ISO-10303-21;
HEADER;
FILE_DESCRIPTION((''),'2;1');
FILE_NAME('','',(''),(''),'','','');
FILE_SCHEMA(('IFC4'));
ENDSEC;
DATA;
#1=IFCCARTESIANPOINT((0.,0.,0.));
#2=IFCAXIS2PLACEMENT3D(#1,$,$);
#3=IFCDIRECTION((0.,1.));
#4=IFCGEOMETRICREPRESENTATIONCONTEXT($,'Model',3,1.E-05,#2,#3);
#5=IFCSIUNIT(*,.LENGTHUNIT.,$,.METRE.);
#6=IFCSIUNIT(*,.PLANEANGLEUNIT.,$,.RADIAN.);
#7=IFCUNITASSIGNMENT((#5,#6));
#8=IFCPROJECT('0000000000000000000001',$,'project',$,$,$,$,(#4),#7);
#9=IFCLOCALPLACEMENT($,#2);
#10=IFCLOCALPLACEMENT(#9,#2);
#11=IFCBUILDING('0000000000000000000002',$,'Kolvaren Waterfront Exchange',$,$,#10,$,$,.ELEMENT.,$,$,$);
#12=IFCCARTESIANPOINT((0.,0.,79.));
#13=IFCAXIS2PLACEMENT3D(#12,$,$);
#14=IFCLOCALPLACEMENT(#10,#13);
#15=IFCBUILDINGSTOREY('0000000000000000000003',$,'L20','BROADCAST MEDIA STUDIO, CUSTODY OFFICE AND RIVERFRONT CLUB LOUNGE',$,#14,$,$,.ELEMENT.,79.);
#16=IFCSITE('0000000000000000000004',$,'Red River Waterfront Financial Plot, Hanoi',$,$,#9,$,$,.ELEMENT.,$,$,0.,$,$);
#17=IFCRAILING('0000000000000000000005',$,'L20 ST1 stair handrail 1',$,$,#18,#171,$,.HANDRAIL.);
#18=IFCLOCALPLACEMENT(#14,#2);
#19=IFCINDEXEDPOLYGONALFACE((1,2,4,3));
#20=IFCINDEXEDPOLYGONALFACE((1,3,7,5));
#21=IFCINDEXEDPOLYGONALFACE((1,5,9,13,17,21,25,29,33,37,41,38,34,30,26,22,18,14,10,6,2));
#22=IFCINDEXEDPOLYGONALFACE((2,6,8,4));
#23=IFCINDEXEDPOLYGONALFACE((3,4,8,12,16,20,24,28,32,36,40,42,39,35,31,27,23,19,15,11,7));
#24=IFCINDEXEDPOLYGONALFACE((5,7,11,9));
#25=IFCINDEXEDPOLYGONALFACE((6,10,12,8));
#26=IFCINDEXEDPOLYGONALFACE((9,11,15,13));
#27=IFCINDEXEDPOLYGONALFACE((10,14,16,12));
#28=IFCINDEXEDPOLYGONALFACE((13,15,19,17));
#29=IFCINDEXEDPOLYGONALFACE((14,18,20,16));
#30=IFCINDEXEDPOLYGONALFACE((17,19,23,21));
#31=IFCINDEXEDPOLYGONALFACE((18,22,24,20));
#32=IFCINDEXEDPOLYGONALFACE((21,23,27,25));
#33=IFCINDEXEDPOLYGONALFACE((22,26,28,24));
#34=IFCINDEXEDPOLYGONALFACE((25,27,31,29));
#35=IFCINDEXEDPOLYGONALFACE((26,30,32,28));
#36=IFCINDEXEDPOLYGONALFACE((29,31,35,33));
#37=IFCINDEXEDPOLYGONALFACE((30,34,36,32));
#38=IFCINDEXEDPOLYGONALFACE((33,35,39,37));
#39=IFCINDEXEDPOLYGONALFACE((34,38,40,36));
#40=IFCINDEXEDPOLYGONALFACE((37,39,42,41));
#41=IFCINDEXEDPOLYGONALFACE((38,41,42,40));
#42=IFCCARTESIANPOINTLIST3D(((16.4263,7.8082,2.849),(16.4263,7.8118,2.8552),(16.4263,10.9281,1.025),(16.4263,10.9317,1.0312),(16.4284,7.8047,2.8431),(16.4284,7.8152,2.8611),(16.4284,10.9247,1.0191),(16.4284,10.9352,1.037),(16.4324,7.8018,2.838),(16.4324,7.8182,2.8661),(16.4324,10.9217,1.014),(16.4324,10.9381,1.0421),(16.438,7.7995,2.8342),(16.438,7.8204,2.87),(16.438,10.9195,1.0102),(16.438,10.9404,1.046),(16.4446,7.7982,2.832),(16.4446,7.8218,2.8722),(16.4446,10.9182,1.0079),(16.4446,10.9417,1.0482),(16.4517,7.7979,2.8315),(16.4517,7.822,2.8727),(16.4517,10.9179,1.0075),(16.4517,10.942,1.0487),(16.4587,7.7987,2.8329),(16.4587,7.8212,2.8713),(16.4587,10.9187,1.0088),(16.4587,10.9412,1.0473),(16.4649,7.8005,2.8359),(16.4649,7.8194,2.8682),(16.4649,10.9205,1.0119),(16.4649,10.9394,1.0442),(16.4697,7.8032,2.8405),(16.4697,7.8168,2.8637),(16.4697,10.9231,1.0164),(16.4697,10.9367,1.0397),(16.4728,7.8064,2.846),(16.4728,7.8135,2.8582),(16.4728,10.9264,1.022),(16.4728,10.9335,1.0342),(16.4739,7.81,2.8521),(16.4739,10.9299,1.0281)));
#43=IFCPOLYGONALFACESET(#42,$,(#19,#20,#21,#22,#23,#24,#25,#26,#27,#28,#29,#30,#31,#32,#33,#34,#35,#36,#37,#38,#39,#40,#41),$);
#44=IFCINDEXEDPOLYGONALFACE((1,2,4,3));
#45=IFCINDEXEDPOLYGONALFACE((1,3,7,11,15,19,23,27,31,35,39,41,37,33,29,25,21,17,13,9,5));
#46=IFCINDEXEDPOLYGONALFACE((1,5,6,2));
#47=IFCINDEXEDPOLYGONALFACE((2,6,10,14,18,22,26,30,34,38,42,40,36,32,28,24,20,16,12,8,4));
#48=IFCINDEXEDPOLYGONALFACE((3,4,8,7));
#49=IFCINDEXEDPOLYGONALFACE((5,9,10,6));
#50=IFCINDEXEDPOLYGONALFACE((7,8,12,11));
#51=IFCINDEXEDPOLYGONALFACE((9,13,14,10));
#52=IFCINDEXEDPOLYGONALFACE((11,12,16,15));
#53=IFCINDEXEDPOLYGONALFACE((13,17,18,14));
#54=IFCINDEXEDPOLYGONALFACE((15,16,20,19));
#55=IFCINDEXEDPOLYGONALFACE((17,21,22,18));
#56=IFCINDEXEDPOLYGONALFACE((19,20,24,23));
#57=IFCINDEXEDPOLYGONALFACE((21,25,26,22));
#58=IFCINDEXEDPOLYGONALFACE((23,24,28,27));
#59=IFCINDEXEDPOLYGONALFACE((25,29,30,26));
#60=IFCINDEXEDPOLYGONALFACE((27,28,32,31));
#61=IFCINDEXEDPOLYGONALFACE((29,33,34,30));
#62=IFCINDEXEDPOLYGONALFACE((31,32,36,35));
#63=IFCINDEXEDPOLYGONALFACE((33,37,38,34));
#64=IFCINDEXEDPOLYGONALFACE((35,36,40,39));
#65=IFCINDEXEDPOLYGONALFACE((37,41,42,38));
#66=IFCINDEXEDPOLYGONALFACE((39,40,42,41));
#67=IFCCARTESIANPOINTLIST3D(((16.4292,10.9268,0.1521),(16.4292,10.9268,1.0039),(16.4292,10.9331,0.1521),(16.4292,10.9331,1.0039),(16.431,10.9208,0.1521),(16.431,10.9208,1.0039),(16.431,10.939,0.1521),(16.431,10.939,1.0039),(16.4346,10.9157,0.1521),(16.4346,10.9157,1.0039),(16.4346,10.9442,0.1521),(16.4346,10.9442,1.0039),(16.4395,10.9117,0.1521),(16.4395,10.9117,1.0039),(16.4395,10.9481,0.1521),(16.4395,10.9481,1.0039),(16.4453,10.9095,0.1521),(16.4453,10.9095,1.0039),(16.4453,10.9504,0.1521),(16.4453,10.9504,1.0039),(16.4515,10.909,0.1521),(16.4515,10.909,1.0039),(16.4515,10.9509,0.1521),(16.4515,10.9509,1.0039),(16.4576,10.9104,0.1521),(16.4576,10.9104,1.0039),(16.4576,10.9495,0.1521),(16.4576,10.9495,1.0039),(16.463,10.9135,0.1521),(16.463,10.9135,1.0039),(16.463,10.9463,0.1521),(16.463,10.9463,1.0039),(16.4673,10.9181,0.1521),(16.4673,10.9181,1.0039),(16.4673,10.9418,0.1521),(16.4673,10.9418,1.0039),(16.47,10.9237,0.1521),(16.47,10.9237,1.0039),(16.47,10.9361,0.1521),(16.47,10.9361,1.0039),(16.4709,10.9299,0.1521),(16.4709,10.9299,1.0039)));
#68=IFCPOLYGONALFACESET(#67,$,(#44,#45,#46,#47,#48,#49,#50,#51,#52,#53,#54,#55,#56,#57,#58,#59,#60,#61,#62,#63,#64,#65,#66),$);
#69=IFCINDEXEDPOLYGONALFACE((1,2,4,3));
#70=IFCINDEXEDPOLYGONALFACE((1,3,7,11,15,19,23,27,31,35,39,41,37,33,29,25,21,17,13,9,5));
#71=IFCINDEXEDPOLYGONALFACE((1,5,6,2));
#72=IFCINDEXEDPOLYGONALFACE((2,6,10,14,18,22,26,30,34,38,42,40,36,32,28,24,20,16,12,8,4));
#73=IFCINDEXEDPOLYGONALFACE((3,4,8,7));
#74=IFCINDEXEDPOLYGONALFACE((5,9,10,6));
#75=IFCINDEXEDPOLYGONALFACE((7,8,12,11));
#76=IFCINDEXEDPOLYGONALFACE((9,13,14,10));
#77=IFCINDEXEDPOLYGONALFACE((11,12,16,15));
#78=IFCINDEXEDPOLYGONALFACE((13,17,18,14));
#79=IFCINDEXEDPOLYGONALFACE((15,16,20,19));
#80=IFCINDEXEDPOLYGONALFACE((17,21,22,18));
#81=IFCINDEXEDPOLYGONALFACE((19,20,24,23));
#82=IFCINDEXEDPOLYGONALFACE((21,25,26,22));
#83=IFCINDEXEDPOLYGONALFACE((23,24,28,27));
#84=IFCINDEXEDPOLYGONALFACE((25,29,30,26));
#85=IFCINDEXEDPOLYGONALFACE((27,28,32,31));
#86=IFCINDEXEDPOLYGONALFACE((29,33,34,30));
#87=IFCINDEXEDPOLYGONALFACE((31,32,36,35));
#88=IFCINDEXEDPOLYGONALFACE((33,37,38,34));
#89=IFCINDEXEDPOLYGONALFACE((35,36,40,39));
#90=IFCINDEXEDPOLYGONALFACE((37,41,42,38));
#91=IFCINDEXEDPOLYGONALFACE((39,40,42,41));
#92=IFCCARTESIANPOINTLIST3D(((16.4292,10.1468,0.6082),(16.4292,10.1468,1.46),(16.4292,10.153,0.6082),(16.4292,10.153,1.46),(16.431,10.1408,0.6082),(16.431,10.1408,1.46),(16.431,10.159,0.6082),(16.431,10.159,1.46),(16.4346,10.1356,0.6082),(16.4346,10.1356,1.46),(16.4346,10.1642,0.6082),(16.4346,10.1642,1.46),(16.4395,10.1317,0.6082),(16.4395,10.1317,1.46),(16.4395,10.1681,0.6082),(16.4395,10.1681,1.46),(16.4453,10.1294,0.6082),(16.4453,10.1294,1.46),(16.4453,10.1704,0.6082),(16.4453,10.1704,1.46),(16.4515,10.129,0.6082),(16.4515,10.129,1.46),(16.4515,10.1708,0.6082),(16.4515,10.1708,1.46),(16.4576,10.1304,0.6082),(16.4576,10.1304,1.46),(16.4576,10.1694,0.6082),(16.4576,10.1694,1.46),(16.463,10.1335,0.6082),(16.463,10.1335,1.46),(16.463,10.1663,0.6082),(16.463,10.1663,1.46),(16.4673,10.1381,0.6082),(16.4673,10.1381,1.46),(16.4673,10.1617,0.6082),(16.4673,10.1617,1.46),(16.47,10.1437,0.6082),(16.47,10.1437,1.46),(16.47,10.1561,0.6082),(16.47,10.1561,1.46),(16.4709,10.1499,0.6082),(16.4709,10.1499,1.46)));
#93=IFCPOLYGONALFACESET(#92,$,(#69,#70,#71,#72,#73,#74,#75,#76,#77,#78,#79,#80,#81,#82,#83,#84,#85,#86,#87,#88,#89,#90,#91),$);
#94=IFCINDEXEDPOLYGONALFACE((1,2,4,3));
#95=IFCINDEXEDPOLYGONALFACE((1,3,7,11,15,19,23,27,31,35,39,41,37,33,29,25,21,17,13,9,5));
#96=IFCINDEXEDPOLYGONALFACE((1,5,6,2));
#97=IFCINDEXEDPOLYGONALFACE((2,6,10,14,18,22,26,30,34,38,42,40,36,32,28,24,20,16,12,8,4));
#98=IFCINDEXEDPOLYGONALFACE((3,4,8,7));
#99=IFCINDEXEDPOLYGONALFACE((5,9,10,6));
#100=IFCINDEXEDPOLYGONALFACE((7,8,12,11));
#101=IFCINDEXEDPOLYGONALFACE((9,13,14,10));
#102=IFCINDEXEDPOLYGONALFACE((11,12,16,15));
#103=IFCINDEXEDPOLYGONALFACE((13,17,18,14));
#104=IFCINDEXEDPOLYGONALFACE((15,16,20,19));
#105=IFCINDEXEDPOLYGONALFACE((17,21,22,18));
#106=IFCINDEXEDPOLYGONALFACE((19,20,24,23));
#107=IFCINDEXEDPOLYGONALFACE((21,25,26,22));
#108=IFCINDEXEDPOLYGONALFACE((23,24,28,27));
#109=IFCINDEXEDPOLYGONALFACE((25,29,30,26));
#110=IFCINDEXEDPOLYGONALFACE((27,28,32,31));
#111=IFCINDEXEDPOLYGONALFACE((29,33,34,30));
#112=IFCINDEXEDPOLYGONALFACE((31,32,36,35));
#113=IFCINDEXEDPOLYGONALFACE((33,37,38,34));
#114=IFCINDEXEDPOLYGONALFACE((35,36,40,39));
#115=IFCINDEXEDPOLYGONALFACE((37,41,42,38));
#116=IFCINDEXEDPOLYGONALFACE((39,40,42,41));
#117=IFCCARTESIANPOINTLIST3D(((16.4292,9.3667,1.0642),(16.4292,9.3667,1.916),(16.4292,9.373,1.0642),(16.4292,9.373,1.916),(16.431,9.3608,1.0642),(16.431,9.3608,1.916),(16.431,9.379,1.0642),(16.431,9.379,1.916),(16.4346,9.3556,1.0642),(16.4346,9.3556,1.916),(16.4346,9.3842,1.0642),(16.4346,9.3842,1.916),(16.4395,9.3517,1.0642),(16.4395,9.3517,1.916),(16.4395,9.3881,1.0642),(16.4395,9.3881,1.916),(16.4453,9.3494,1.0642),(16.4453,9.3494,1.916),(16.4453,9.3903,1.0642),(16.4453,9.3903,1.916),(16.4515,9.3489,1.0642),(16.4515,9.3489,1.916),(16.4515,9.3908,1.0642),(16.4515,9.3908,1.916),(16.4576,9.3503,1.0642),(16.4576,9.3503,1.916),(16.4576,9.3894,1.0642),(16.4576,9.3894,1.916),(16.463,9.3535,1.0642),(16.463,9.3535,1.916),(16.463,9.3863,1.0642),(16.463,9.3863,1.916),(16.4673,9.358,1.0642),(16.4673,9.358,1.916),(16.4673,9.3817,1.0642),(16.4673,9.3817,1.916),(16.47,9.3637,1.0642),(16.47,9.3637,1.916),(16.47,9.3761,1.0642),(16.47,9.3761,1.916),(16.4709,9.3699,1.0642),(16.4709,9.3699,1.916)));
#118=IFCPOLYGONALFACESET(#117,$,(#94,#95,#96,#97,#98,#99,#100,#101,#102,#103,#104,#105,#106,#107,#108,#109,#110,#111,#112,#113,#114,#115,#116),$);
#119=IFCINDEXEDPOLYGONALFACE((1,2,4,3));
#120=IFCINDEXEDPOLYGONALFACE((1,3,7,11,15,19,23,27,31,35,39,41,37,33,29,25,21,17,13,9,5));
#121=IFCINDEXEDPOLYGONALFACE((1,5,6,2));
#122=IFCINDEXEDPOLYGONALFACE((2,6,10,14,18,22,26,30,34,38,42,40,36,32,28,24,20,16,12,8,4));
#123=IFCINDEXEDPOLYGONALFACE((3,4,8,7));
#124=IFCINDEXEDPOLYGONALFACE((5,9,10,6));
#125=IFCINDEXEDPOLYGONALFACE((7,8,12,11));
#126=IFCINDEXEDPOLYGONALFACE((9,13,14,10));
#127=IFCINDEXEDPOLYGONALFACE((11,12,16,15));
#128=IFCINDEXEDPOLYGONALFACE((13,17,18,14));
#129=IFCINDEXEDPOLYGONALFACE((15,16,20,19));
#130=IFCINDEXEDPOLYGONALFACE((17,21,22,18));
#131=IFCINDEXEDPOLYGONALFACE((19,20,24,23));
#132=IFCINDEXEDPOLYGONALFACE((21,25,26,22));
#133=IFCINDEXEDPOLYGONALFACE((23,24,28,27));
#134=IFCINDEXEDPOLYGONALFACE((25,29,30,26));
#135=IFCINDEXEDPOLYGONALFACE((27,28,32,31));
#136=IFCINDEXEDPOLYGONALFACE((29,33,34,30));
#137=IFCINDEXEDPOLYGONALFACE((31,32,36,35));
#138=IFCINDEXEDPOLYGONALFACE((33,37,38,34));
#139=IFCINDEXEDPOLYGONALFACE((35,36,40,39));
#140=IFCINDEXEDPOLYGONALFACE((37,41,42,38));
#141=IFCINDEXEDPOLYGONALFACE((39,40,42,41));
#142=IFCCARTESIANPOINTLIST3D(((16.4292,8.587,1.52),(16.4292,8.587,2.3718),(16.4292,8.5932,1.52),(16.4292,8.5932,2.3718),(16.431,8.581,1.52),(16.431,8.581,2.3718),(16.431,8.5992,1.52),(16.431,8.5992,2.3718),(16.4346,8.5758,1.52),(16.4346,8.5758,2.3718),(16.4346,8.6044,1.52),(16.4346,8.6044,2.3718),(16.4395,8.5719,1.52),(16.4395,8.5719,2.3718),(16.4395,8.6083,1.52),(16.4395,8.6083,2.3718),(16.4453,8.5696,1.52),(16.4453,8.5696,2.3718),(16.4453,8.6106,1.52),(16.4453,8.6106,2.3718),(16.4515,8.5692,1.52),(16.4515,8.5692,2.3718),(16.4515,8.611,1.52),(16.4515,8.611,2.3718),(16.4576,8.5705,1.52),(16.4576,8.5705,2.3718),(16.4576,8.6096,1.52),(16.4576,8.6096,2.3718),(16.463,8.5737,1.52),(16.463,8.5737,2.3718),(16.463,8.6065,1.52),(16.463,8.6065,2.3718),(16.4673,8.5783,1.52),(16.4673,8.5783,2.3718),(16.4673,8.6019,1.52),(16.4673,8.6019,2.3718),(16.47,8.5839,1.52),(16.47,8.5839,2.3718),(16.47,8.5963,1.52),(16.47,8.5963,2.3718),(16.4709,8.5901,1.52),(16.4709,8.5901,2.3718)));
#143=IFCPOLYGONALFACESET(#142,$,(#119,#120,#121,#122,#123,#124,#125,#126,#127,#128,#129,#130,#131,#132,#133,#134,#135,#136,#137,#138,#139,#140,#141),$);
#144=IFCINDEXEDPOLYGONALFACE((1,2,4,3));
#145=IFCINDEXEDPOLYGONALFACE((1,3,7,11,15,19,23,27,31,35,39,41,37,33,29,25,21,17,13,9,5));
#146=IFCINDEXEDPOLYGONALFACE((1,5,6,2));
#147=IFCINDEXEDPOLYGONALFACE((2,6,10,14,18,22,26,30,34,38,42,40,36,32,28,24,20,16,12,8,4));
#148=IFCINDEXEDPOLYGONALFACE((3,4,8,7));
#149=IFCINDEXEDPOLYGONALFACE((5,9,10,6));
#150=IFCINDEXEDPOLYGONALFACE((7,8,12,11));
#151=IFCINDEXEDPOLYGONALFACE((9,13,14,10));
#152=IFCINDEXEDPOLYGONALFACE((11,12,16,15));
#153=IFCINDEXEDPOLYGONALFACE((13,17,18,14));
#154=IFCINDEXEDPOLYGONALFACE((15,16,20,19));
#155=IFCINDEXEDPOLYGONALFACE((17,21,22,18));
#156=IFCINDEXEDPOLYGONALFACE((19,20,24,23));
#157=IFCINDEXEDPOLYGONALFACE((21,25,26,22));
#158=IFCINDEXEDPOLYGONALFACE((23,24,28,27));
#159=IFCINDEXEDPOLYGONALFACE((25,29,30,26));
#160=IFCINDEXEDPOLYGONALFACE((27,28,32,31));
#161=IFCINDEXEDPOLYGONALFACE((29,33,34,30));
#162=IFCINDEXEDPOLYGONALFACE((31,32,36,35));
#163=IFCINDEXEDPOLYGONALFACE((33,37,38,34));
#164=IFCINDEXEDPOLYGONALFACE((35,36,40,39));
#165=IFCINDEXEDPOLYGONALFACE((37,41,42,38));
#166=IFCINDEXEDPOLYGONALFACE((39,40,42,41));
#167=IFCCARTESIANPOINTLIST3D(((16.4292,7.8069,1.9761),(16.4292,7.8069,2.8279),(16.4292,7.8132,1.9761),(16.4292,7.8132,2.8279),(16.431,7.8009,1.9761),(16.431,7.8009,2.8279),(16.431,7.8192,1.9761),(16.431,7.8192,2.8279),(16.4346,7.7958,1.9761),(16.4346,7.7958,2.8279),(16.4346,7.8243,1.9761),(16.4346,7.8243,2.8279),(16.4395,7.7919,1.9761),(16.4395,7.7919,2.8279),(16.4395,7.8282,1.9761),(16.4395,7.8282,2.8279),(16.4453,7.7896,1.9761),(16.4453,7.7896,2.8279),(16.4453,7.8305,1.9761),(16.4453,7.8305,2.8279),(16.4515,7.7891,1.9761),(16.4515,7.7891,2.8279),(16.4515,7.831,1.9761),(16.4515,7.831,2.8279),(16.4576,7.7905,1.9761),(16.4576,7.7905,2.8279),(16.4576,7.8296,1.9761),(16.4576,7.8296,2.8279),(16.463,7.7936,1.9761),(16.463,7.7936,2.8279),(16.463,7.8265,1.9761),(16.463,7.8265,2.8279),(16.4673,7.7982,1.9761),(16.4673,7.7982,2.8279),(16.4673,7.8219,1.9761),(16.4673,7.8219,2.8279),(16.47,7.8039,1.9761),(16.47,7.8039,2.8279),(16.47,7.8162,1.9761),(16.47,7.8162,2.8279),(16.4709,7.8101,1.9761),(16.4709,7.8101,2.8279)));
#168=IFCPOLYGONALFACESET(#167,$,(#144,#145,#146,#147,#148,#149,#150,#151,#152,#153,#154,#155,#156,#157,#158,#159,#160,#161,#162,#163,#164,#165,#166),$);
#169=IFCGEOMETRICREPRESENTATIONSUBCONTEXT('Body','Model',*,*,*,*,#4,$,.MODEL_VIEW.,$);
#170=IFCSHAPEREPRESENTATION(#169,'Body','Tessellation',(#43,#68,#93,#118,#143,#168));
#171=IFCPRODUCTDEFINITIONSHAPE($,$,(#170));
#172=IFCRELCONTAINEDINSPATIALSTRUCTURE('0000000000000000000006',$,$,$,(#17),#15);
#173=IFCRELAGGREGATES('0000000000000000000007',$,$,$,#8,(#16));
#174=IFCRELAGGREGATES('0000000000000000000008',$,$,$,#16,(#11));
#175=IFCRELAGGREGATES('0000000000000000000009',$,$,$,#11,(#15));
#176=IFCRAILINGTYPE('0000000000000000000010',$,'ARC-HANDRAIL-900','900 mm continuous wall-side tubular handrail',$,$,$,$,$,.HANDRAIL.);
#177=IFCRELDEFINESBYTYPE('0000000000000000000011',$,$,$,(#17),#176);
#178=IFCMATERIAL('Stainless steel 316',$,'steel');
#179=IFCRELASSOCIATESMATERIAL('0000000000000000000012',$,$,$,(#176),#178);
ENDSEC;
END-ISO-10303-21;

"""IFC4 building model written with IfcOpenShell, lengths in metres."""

from ifc_helpers import new_model, si_unit, direction, frame, origin, origin_2d, place, context, subcontext, project, spatial, circle, extrude, material, type_object, element, save


model = new_model("IFC4")

# Units and contexts
model_context = context("Model", 3, precision=1e-05, world=origin(), true_north=direction((0.0, 1.0)))
body_context = subcontext(model_context, "Body", "Model", "MODEL_VIEW")
ifc_project = project(units=[si_unit("LENGTHUNIT", "METRE"), si_unit("PLANEANGLEUNIT", "RADIAN")], contexts=[model_context])

# Site, building, storey
site_placement = place(None, origin())
site = spatial("IfcSite", under=ifc_project, at=site_placement, Name="Red River Waterfront Financial Plot, Hanoi", CompositionType="ELEMENT", RefElevation=0.0)
building_placement = place(site_placement, origin())
building = spatial("IfcBuilding", under=site, at=building_placement, Name="Kolvaren Waterfront Exchange", CompositionType="ELEMENT")
storey_placement = place(building_placement, frame((0.0, 0.0, 79.0)))
storey = spatial("IfcBuildingStorey", under=building, at=storey_placement, Name="L20", Description="BROADCAST MEDIA STUDIO, CUSTODY OFFICE AND RIVERFRONT CLUB LOUNGE", CompositionType="ELEMENT", Elevation=79.0)

# Railing
ifc_material_1 = material(Name="Stainless steel 316", Category="steel")
railing_type_1 = type_object("IfcRailingType", Name="ARC-HANDRAIL-900", Description="900 mm continuous wall-side tubular handrail", PredefinedType="HANDRAIL", material=ifc_material_1)
railing_1_placement = place(storey_placement, frame((16.45, 10.9299, 0.1521)))
element("IfcRailing", 1, at=railing_1_placement, inside=storey, type_object=railing_type_1, Name="L20 ST1 stair handrail 1", PredefinedType="HANDRAIL", context=body_context, shape_type="SweptSolid", body=[
    extrude(circle(Radius=0.0239, at=origin_2d()), frame((0.0, 0.0, 0.876), z_axis=(0.0, -0.863291, 0.504707), x_axis=(1.0, 0.0, 0.0)), (0.0, 0.0, 1.0), 3.614),
    extrude(circle(Radius=0.021, at=origin_2d()), origin(), (0.0, 0.0, 1.0), 0.8518),
    extrude(circle(Radius=0.021, at=origin_2d()), frame((0.0, -0.78, 0.4561)), (0.0, 0.0, 1.0), 0.8518),
    extrude(circle(Radius=0.021, at=origin_2d()), frame((0.0, -1.5601, 0.9121)), (0.0, 0.0, 1.0), 0.8518),
    extrude(circle(Radius=0.021, at=origin_2d()), frame((0.0, -2.3398, 1.3679)), (0.0, 0.0, 1.0), 0.8518),
    extrude(circle(Radius=0.021, at=origin_2d()), frame((0.0, -3.1199, 1.824)), (0.0, 0.0, 1.0), 0.8518),
])

save(model, "model.ifc")
